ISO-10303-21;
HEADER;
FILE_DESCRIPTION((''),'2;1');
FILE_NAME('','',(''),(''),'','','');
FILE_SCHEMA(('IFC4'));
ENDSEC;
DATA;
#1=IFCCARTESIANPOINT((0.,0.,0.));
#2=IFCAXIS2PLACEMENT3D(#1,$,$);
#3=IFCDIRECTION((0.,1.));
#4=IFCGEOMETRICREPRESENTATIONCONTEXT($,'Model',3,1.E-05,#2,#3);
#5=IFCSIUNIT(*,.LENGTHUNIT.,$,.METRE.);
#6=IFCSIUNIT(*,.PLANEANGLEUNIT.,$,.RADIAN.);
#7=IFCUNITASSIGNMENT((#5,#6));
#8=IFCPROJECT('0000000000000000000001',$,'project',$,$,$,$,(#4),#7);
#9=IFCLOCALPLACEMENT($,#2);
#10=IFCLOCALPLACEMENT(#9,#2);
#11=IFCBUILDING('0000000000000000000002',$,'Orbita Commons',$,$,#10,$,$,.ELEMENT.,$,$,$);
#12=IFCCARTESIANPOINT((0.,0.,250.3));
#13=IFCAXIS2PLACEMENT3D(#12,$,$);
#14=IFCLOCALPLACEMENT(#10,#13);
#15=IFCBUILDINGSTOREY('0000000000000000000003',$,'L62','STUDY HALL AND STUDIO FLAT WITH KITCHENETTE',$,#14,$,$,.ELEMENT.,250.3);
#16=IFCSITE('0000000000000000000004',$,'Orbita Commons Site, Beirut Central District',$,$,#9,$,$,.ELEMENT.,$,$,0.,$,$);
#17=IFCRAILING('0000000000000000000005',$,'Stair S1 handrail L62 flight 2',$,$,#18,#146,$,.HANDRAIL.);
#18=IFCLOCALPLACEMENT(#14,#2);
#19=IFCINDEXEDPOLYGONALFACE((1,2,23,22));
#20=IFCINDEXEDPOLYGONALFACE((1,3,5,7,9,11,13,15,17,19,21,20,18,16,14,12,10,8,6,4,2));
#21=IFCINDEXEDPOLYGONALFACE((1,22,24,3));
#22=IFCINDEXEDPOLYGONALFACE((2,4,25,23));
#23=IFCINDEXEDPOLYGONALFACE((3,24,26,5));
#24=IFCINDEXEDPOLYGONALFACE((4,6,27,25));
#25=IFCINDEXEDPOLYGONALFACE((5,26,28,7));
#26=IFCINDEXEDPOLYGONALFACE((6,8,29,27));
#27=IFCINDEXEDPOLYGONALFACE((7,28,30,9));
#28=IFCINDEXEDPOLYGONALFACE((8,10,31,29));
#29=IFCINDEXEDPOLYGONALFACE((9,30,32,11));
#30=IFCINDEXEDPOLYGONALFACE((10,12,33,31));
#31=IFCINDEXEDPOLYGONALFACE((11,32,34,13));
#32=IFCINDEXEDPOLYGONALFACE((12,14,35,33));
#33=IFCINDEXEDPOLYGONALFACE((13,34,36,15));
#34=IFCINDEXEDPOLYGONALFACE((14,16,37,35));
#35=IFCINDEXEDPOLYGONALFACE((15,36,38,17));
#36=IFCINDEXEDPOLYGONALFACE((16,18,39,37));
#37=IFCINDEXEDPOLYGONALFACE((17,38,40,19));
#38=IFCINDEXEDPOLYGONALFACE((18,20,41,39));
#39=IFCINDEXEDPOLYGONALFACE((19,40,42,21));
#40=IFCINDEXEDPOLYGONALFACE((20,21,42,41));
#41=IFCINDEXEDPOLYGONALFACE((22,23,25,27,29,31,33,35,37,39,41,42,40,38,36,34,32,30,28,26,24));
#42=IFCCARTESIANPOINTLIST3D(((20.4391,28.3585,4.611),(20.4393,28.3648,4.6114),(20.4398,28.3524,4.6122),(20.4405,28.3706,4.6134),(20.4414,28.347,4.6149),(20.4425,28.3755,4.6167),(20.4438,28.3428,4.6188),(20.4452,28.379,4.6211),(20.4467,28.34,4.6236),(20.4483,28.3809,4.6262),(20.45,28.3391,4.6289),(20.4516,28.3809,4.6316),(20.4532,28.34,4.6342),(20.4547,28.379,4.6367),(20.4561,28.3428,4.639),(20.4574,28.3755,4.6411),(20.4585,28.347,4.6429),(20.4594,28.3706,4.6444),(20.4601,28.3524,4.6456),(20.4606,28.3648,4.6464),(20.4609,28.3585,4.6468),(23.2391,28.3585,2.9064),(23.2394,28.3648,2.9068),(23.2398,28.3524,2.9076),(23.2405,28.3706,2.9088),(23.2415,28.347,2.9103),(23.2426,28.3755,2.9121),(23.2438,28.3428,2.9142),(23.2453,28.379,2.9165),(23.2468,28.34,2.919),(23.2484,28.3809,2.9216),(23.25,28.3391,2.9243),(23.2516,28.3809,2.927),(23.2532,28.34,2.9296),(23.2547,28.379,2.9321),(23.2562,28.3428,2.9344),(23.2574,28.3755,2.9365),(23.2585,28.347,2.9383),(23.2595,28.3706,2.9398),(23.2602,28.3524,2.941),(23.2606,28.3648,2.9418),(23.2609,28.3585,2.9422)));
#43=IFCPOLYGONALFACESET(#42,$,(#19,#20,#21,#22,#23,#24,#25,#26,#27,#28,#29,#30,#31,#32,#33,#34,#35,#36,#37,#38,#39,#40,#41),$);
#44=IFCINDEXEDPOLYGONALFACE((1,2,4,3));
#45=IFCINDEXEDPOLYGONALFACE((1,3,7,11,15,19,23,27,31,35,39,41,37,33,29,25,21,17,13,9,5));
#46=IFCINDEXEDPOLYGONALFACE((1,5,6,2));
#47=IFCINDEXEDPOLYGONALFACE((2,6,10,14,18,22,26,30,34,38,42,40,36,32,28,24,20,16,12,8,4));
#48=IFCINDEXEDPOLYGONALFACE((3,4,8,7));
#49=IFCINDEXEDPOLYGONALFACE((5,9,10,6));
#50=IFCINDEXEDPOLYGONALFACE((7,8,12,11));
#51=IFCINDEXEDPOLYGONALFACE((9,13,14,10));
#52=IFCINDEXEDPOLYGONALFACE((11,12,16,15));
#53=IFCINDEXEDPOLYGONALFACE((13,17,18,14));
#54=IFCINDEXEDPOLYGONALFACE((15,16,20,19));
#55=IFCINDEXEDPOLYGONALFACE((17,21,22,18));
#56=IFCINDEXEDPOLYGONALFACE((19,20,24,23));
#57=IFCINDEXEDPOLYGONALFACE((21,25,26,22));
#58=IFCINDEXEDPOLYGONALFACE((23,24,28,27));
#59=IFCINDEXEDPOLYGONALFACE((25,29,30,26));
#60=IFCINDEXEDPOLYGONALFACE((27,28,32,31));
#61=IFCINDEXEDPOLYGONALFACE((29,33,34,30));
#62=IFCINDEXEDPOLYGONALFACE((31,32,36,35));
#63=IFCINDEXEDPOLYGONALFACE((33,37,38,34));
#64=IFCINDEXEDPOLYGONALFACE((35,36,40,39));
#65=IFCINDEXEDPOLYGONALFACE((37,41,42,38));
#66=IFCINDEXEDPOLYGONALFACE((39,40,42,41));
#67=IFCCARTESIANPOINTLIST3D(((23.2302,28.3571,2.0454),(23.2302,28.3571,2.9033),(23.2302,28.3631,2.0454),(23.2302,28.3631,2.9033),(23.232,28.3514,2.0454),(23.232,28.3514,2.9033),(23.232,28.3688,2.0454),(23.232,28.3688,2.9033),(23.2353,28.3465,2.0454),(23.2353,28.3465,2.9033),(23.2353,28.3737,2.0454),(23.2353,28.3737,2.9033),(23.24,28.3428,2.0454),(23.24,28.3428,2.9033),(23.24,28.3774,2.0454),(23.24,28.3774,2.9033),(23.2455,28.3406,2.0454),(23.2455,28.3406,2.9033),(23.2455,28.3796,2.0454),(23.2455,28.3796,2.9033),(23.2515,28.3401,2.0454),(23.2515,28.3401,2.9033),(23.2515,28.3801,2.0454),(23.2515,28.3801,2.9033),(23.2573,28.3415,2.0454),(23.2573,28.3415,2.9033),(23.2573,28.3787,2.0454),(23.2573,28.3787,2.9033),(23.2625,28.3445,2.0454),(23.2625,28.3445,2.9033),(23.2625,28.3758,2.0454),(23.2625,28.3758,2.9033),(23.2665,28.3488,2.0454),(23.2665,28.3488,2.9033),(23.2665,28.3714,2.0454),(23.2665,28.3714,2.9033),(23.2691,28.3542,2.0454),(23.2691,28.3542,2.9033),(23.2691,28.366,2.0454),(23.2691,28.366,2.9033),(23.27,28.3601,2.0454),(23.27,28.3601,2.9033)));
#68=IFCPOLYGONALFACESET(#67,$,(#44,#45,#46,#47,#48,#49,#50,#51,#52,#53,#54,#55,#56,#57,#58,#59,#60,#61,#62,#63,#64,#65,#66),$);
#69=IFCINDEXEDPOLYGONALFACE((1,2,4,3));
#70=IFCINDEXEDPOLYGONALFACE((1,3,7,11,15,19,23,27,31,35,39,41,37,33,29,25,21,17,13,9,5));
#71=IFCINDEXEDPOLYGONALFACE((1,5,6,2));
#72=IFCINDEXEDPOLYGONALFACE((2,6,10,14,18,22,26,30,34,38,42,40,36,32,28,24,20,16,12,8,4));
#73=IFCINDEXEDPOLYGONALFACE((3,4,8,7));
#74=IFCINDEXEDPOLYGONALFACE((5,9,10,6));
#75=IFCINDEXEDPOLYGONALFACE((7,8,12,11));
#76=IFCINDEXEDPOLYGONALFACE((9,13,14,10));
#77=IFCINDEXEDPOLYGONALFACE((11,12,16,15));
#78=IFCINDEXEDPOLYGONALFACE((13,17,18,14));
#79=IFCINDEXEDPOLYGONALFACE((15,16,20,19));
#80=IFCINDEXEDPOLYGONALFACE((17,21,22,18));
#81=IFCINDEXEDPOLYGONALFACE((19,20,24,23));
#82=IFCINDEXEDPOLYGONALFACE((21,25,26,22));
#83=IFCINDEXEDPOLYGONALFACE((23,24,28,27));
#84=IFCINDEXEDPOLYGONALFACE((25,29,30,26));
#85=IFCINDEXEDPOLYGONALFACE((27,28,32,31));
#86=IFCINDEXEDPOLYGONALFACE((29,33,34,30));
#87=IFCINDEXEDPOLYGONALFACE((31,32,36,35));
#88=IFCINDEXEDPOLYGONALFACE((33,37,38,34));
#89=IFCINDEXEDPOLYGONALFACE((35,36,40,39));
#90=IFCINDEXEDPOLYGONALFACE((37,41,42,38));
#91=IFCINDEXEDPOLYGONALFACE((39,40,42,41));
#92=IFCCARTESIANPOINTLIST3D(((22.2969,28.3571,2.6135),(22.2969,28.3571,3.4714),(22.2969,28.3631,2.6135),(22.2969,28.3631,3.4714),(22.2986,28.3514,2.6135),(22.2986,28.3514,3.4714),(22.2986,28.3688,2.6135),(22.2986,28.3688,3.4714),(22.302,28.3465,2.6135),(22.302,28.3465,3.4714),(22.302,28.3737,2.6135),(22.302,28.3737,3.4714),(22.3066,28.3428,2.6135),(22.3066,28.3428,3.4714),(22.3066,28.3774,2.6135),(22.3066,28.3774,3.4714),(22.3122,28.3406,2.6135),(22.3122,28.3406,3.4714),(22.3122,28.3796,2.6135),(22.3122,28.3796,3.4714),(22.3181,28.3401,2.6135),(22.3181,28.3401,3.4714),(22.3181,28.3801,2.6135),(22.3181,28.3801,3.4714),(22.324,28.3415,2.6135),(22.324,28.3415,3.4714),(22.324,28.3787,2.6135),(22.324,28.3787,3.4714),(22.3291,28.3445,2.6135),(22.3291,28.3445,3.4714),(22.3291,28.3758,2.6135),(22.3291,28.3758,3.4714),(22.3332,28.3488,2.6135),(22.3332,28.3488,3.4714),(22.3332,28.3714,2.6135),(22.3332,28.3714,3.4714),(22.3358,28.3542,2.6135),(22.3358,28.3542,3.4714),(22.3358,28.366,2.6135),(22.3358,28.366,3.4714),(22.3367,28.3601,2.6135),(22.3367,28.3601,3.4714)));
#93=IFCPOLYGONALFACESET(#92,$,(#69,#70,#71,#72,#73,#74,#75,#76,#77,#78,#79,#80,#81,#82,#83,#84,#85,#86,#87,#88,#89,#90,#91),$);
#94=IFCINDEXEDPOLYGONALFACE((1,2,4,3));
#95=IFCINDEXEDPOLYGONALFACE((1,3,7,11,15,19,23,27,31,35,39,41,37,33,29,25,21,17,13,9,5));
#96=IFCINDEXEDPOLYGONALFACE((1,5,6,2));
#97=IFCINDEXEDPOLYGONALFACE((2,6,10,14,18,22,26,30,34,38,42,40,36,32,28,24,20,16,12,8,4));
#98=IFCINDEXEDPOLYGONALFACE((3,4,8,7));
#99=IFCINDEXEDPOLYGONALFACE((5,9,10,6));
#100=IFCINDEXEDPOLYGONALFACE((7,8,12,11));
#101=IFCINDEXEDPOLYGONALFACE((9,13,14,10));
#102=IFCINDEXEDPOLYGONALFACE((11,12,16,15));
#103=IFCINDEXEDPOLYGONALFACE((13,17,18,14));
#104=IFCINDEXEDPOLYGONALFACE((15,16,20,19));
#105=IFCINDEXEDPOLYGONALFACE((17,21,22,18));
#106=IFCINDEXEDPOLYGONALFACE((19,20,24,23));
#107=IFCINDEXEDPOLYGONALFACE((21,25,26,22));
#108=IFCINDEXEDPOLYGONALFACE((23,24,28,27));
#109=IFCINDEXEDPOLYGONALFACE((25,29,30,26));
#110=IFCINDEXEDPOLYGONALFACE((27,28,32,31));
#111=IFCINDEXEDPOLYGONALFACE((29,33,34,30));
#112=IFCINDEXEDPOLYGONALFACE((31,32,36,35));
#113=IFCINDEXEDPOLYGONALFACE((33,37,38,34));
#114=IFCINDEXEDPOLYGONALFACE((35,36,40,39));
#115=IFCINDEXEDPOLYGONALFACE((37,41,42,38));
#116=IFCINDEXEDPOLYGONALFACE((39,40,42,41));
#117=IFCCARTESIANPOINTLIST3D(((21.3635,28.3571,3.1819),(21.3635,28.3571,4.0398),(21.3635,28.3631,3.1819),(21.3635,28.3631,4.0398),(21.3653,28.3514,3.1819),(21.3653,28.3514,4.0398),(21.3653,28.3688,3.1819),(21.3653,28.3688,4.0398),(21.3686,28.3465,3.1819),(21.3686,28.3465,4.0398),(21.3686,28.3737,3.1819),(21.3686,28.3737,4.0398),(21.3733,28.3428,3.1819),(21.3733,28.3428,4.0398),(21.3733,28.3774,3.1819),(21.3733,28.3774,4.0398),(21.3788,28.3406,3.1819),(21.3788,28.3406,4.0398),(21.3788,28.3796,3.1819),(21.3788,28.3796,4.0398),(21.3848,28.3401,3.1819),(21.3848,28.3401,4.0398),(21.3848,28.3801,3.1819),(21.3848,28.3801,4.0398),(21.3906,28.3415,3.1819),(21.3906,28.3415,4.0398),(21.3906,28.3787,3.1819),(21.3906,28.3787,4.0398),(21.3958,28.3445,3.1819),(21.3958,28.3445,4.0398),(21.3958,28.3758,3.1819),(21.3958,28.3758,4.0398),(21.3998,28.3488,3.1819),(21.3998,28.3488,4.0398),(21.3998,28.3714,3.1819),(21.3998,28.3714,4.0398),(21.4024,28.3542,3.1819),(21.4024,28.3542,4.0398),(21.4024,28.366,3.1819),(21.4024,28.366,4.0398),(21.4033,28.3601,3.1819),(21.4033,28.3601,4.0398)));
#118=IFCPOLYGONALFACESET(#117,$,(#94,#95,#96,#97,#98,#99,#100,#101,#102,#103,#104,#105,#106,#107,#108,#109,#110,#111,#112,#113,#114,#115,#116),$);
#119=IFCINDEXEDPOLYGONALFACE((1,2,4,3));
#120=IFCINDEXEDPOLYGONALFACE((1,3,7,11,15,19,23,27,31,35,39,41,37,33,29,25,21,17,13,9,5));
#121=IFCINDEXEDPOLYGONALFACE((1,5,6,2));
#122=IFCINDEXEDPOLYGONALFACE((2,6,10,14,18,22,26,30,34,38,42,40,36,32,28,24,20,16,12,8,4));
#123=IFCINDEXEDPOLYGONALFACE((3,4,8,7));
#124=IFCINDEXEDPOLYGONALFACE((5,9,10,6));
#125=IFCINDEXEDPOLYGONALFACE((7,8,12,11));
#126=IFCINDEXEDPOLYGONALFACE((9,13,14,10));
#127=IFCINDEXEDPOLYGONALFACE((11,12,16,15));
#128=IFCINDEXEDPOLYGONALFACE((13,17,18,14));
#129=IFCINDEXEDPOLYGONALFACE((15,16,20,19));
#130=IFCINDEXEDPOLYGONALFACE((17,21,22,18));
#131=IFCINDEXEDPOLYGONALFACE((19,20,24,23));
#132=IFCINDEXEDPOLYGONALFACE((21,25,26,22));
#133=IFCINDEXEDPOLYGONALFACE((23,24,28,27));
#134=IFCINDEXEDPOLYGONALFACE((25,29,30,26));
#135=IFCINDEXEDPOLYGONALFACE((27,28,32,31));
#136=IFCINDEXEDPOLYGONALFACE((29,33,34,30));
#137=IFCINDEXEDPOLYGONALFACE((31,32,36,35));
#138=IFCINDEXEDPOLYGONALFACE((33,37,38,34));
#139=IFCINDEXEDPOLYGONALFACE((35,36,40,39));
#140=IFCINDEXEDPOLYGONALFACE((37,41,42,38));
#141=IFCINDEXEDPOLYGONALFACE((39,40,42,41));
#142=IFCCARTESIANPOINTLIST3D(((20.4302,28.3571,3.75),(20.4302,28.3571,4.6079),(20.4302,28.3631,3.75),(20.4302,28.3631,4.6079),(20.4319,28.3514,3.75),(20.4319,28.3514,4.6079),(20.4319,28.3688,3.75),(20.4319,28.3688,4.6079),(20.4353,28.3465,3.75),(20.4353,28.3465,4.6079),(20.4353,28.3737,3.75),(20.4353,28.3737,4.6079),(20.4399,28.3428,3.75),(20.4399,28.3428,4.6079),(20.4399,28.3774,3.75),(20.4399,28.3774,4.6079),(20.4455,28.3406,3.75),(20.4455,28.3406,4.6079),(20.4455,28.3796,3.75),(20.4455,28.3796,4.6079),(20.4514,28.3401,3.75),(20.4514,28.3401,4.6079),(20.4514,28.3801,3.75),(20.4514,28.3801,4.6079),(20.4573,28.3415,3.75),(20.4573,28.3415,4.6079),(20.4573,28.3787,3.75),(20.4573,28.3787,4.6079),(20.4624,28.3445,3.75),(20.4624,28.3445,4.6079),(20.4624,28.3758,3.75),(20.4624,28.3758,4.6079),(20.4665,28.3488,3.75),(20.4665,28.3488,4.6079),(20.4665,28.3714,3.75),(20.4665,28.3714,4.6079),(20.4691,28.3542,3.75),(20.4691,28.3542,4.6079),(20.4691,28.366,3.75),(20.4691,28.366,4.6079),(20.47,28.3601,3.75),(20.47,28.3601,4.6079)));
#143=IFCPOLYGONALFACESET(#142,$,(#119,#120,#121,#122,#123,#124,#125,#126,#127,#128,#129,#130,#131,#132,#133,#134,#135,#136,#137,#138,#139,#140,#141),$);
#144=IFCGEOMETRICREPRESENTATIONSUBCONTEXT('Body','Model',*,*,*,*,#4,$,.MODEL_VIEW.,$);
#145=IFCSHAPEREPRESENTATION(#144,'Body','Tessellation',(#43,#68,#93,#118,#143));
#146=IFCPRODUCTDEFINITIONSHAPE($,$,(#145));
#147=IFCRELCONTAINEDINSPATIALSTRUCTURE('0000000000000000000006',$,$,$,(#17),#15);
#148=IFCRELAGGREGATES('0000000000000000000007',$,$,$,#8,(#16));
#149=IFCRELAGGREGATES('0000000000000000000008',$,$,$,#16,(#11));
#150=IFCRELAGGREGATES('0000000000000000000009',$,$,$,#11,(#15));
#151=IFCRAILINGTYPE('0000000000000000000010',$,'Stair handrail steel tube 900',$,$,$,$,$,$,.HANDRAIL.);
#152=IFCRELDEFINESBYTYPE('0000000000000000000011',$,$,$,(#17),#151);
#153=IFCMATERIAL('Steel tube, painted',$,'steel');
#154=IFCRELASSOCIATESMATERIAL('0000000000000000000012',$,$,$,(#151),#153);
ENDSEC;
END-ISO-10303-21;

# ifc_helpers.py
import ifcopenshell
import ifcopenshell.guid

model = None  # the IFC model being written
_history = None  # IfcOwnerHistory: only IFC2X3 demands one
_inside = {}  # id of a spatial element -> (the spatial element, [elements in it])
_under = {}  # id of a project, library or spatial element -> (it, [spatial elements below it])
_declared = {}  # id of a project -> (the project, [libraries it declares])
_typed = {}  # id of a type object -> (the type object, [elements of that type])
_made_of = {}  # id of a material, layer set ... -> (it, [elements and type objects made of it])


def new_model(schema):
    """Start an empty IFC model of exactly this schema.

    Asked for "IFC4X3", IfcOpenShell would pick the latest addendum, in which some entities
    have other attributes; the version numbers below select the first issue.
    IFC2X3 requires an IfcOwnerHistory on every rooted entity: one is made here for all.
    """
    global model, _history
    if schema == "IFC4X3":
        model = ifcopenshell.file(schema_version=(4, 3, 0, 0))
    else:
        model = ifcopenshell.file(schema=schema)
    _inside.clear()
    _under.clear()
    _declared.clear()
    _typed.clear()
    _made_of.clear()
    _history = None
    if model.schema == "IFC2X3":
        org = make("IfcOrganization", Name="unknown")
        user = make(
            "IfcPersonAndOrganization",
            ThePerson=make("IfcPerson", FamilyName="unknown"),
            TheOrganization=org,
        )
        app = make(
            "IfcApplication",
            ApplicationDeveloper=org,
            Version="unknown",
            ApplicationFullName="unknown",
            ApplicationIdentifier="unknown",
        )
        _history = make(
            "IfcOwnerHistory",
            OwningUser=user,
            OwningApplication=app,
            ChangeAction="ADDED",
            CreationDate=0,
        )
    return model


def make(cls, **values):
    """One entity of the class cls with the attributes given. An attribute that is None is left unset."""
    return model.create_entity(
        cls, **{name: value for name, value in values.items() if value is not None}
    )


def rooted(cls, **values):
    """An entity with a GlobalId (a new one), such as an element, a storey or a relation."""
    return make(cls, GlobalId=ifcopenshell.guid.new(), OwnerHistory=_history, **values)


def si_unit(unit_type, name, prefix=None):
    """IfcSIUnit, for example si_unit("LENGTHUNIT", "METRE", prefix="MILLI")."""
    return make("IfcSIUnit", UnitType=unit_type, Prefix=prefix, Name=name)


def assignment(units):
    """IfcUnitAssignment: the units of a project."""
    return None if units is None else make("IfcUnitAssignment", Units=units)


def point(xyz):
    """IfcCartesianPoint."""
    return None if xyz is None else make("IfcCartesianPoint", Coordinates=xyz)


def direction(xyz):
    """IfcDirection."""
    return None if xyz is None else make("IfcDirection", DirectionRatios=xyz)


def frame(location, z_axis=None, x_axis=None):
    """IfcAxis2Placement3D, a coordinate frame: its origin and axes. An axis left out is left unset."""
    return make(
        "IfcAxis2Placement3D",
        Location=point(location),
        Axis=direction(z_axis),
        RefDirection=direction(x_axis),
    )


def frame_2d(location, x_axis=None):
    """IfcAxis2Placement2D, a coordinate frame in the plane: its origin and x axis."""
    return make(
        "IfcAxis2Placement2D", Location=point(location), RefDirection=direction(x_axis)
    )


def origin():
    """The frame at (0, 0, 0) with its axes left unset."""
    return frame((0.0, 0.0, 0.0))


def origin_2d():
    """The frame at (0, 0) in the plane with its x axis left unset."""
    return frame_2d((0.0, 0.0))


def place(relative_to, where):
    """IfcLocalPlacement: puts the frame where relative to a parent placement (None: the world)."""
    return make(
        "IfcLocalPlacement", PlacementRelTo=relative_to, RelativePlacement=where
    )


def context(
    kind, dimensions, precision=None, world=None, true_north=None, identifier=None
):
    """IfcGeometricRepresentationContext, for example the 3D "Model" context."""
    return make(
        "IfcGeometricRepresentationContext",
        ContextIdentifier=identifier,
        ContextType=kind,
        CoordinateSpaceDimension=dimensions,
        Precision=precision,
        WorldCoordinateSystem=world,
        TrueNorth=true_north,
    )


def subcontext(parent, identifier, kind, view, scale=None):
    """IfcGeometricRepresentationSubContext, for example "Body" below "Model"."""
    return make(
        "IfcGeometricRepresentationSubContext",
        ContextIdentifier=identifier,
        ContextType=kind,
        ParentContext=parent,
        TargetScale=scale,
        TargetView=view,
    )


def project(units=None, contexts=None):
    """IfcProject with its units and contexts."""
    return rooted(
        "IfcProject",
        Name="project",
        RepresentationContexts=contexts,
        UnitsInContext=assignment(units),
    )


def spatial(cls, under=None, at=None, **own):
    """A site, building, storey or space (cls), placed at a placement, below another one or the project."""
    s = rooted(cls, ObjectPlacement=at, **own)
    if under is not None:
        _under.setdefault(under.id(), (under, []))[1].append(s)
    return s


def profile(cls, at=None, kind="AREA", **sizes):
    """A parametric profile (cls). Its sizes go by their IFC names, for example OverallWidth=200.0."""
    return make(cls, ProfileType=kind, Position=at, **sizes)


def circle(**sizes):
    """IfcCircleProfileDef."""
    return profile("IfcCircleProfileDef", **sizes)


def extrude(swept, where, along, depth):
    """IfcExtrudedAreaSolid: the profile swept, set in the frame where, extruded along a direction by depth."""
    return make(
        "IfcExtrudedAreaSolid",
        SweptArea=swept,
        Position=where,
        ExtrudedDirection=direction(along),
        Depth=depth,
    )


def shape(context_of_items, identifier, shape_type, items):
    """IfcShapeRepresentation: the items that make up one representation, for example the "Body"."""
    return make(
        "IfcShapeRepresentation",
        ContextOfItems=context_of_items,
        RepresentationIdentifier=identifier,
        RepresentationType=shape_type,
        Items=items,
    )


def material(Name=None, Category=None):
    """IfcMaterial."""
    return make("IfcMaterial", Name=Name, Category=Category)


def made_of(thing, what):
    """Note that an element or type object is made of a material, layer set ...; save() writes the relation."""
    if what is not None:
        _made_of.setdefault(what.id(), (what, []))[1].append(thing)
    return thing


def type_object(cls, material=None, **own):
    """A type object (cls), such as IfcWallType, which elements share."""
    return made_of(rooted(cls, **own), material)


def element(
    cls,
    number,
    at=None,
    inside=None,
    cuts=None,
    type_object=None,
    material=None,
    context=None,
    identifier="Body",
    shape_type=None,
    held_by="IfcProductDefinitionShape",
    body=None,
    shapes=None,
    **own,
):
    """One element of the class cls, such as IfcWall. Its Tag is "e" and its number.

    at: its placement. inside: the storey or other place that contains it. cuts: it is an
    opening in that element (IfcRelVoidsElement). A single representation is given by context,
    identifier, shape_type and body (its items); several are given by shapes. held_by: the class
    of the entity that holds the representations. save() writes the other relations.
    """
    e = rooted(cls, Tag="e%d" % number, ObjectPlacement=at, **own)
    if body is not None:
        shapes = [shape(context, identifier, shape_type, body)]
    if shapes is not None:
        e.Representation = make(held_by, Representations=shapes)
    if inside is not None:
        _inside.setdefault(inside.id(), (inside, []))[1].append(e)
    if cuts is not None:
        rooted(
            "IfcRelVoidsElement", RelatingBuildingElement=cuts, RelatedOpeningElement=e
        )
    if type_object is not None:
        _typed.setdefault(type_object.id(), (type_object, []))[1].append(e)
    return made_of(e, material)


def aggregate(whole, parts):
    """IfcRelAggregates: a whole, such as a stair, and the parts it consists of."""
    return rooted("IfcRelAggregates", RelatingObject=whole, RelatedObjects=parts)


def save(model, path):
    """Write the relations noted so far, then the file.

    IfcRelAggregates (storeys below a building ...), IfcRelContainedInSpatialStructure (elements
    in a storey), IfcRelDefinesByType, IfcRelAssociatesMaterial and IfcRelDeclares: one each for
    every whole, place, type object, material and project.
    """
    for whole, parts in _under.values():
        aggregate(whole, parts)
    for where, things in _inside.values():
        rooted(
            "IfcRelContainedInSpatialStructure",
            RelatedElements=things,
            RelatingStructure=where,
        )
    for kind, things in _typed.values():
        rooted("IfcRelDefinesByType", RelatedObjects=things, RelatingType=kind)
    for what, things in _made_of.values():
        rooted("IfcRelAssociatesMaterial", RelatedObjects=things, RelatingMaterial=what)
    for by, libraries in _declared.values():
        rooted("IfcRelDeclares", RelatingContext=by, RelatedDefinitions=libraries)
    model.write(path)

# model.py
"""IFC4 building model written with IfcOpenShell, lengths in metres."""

from ifc_helpers import new_model, si_unit, direction, frame, origin, origin_2d, place, context, subcontext, project, spatial, circle, extrude, material, type_object, element, save


model = new_model("IFC4")

# Units and contexts
model_context = context("Model", 3, precision=1e-05, world=origin(), true_north=direction((0.0, 1.0)))
body_context = subcontext(model_context, "Body", "Model", "MODEL_VIEW")
ifc_project = project(units=[si_unit("LENGTHUNIT", "METRE"), si_unit("PLANEANGLEUNIT", "RADIAN")], contexts=[model_context])

# Site, building, storey
site_placement = place(None, origin())
site = spatial("IfcSite", under=ifc_project, at=site_placement, Name="Orbita Commons Site, Beirut Central District", CompositionType="ELEMENT", RefElevation=0.0)
building_placement = place(site_placement, origin())
building = spatial("IfcBuilding", under=site, at=building_placement, Name="Orbita Commons", CompositionType="ELEMENT")
storey_placement = place(building_placement, frame((0.0, 0.0, 250.3)))
storey = spatial("IfcBuildingStorey", under=building, at=storey_placement, Name="L62", Description="STUDY HALL AND STUDIO FLAT WITH KITCHENETTE", CompositionType="ELEMENT", Elevation=250.3)

# Railing
ifc_material_1 = material(Name="Steel tube, painted", Category="steel")
railing_type = type_object("IfcRailingType", Name="Stair handrail steel tube 900", PredefinedType="HANDRAIL", material=ifc_material_1)
for number, where, name in (
    (1, (23.25, 28.3601, 2.0454), "Stair S1 handrail L62 flight 2"),
):
    element("IfcRailing", number, at=place(storey_placement, frame(where)), inside=storey, type_object=railing_type, Name=name, PredefinedType="HANDRAIL", context=body_context, shape_type="SweptSolid", body=[
        extrude(circle(Radius=0.021, at=origin_2d()), frame((0.0, 0.0, 0.8789), z_axis=(-0.85417, 0.0, 0.519994), x_axis=(0.0, -1.0, 0.0)), (0.0, 0.0, 1.0), 3.2781),
        extrude(circle(Radius=0.02, at=origin_2d()), origin(), (0.0, 0.0, 1.0), 0.8579),
        extrude(circle(Radius=0.02, at=origin_2d()), frame((-0.9333, 0.0, 0.5681)), (0.0, 0.0, 1.0), 0.8579),
        extrude(circle(Radius=0.02, at=origin_2d()), frame((-1.8667, 0.0, 1.1365)), (0.0, 0.0, 1.0), 0.8579),
        extrude(circle(Radius=0.02, at=origin_2d()), frame((-2.8, 0.0, 1.7046)), (0.0, 0.0, 1.0), 0.8579),
    ])

save(model, "model.ifc")
